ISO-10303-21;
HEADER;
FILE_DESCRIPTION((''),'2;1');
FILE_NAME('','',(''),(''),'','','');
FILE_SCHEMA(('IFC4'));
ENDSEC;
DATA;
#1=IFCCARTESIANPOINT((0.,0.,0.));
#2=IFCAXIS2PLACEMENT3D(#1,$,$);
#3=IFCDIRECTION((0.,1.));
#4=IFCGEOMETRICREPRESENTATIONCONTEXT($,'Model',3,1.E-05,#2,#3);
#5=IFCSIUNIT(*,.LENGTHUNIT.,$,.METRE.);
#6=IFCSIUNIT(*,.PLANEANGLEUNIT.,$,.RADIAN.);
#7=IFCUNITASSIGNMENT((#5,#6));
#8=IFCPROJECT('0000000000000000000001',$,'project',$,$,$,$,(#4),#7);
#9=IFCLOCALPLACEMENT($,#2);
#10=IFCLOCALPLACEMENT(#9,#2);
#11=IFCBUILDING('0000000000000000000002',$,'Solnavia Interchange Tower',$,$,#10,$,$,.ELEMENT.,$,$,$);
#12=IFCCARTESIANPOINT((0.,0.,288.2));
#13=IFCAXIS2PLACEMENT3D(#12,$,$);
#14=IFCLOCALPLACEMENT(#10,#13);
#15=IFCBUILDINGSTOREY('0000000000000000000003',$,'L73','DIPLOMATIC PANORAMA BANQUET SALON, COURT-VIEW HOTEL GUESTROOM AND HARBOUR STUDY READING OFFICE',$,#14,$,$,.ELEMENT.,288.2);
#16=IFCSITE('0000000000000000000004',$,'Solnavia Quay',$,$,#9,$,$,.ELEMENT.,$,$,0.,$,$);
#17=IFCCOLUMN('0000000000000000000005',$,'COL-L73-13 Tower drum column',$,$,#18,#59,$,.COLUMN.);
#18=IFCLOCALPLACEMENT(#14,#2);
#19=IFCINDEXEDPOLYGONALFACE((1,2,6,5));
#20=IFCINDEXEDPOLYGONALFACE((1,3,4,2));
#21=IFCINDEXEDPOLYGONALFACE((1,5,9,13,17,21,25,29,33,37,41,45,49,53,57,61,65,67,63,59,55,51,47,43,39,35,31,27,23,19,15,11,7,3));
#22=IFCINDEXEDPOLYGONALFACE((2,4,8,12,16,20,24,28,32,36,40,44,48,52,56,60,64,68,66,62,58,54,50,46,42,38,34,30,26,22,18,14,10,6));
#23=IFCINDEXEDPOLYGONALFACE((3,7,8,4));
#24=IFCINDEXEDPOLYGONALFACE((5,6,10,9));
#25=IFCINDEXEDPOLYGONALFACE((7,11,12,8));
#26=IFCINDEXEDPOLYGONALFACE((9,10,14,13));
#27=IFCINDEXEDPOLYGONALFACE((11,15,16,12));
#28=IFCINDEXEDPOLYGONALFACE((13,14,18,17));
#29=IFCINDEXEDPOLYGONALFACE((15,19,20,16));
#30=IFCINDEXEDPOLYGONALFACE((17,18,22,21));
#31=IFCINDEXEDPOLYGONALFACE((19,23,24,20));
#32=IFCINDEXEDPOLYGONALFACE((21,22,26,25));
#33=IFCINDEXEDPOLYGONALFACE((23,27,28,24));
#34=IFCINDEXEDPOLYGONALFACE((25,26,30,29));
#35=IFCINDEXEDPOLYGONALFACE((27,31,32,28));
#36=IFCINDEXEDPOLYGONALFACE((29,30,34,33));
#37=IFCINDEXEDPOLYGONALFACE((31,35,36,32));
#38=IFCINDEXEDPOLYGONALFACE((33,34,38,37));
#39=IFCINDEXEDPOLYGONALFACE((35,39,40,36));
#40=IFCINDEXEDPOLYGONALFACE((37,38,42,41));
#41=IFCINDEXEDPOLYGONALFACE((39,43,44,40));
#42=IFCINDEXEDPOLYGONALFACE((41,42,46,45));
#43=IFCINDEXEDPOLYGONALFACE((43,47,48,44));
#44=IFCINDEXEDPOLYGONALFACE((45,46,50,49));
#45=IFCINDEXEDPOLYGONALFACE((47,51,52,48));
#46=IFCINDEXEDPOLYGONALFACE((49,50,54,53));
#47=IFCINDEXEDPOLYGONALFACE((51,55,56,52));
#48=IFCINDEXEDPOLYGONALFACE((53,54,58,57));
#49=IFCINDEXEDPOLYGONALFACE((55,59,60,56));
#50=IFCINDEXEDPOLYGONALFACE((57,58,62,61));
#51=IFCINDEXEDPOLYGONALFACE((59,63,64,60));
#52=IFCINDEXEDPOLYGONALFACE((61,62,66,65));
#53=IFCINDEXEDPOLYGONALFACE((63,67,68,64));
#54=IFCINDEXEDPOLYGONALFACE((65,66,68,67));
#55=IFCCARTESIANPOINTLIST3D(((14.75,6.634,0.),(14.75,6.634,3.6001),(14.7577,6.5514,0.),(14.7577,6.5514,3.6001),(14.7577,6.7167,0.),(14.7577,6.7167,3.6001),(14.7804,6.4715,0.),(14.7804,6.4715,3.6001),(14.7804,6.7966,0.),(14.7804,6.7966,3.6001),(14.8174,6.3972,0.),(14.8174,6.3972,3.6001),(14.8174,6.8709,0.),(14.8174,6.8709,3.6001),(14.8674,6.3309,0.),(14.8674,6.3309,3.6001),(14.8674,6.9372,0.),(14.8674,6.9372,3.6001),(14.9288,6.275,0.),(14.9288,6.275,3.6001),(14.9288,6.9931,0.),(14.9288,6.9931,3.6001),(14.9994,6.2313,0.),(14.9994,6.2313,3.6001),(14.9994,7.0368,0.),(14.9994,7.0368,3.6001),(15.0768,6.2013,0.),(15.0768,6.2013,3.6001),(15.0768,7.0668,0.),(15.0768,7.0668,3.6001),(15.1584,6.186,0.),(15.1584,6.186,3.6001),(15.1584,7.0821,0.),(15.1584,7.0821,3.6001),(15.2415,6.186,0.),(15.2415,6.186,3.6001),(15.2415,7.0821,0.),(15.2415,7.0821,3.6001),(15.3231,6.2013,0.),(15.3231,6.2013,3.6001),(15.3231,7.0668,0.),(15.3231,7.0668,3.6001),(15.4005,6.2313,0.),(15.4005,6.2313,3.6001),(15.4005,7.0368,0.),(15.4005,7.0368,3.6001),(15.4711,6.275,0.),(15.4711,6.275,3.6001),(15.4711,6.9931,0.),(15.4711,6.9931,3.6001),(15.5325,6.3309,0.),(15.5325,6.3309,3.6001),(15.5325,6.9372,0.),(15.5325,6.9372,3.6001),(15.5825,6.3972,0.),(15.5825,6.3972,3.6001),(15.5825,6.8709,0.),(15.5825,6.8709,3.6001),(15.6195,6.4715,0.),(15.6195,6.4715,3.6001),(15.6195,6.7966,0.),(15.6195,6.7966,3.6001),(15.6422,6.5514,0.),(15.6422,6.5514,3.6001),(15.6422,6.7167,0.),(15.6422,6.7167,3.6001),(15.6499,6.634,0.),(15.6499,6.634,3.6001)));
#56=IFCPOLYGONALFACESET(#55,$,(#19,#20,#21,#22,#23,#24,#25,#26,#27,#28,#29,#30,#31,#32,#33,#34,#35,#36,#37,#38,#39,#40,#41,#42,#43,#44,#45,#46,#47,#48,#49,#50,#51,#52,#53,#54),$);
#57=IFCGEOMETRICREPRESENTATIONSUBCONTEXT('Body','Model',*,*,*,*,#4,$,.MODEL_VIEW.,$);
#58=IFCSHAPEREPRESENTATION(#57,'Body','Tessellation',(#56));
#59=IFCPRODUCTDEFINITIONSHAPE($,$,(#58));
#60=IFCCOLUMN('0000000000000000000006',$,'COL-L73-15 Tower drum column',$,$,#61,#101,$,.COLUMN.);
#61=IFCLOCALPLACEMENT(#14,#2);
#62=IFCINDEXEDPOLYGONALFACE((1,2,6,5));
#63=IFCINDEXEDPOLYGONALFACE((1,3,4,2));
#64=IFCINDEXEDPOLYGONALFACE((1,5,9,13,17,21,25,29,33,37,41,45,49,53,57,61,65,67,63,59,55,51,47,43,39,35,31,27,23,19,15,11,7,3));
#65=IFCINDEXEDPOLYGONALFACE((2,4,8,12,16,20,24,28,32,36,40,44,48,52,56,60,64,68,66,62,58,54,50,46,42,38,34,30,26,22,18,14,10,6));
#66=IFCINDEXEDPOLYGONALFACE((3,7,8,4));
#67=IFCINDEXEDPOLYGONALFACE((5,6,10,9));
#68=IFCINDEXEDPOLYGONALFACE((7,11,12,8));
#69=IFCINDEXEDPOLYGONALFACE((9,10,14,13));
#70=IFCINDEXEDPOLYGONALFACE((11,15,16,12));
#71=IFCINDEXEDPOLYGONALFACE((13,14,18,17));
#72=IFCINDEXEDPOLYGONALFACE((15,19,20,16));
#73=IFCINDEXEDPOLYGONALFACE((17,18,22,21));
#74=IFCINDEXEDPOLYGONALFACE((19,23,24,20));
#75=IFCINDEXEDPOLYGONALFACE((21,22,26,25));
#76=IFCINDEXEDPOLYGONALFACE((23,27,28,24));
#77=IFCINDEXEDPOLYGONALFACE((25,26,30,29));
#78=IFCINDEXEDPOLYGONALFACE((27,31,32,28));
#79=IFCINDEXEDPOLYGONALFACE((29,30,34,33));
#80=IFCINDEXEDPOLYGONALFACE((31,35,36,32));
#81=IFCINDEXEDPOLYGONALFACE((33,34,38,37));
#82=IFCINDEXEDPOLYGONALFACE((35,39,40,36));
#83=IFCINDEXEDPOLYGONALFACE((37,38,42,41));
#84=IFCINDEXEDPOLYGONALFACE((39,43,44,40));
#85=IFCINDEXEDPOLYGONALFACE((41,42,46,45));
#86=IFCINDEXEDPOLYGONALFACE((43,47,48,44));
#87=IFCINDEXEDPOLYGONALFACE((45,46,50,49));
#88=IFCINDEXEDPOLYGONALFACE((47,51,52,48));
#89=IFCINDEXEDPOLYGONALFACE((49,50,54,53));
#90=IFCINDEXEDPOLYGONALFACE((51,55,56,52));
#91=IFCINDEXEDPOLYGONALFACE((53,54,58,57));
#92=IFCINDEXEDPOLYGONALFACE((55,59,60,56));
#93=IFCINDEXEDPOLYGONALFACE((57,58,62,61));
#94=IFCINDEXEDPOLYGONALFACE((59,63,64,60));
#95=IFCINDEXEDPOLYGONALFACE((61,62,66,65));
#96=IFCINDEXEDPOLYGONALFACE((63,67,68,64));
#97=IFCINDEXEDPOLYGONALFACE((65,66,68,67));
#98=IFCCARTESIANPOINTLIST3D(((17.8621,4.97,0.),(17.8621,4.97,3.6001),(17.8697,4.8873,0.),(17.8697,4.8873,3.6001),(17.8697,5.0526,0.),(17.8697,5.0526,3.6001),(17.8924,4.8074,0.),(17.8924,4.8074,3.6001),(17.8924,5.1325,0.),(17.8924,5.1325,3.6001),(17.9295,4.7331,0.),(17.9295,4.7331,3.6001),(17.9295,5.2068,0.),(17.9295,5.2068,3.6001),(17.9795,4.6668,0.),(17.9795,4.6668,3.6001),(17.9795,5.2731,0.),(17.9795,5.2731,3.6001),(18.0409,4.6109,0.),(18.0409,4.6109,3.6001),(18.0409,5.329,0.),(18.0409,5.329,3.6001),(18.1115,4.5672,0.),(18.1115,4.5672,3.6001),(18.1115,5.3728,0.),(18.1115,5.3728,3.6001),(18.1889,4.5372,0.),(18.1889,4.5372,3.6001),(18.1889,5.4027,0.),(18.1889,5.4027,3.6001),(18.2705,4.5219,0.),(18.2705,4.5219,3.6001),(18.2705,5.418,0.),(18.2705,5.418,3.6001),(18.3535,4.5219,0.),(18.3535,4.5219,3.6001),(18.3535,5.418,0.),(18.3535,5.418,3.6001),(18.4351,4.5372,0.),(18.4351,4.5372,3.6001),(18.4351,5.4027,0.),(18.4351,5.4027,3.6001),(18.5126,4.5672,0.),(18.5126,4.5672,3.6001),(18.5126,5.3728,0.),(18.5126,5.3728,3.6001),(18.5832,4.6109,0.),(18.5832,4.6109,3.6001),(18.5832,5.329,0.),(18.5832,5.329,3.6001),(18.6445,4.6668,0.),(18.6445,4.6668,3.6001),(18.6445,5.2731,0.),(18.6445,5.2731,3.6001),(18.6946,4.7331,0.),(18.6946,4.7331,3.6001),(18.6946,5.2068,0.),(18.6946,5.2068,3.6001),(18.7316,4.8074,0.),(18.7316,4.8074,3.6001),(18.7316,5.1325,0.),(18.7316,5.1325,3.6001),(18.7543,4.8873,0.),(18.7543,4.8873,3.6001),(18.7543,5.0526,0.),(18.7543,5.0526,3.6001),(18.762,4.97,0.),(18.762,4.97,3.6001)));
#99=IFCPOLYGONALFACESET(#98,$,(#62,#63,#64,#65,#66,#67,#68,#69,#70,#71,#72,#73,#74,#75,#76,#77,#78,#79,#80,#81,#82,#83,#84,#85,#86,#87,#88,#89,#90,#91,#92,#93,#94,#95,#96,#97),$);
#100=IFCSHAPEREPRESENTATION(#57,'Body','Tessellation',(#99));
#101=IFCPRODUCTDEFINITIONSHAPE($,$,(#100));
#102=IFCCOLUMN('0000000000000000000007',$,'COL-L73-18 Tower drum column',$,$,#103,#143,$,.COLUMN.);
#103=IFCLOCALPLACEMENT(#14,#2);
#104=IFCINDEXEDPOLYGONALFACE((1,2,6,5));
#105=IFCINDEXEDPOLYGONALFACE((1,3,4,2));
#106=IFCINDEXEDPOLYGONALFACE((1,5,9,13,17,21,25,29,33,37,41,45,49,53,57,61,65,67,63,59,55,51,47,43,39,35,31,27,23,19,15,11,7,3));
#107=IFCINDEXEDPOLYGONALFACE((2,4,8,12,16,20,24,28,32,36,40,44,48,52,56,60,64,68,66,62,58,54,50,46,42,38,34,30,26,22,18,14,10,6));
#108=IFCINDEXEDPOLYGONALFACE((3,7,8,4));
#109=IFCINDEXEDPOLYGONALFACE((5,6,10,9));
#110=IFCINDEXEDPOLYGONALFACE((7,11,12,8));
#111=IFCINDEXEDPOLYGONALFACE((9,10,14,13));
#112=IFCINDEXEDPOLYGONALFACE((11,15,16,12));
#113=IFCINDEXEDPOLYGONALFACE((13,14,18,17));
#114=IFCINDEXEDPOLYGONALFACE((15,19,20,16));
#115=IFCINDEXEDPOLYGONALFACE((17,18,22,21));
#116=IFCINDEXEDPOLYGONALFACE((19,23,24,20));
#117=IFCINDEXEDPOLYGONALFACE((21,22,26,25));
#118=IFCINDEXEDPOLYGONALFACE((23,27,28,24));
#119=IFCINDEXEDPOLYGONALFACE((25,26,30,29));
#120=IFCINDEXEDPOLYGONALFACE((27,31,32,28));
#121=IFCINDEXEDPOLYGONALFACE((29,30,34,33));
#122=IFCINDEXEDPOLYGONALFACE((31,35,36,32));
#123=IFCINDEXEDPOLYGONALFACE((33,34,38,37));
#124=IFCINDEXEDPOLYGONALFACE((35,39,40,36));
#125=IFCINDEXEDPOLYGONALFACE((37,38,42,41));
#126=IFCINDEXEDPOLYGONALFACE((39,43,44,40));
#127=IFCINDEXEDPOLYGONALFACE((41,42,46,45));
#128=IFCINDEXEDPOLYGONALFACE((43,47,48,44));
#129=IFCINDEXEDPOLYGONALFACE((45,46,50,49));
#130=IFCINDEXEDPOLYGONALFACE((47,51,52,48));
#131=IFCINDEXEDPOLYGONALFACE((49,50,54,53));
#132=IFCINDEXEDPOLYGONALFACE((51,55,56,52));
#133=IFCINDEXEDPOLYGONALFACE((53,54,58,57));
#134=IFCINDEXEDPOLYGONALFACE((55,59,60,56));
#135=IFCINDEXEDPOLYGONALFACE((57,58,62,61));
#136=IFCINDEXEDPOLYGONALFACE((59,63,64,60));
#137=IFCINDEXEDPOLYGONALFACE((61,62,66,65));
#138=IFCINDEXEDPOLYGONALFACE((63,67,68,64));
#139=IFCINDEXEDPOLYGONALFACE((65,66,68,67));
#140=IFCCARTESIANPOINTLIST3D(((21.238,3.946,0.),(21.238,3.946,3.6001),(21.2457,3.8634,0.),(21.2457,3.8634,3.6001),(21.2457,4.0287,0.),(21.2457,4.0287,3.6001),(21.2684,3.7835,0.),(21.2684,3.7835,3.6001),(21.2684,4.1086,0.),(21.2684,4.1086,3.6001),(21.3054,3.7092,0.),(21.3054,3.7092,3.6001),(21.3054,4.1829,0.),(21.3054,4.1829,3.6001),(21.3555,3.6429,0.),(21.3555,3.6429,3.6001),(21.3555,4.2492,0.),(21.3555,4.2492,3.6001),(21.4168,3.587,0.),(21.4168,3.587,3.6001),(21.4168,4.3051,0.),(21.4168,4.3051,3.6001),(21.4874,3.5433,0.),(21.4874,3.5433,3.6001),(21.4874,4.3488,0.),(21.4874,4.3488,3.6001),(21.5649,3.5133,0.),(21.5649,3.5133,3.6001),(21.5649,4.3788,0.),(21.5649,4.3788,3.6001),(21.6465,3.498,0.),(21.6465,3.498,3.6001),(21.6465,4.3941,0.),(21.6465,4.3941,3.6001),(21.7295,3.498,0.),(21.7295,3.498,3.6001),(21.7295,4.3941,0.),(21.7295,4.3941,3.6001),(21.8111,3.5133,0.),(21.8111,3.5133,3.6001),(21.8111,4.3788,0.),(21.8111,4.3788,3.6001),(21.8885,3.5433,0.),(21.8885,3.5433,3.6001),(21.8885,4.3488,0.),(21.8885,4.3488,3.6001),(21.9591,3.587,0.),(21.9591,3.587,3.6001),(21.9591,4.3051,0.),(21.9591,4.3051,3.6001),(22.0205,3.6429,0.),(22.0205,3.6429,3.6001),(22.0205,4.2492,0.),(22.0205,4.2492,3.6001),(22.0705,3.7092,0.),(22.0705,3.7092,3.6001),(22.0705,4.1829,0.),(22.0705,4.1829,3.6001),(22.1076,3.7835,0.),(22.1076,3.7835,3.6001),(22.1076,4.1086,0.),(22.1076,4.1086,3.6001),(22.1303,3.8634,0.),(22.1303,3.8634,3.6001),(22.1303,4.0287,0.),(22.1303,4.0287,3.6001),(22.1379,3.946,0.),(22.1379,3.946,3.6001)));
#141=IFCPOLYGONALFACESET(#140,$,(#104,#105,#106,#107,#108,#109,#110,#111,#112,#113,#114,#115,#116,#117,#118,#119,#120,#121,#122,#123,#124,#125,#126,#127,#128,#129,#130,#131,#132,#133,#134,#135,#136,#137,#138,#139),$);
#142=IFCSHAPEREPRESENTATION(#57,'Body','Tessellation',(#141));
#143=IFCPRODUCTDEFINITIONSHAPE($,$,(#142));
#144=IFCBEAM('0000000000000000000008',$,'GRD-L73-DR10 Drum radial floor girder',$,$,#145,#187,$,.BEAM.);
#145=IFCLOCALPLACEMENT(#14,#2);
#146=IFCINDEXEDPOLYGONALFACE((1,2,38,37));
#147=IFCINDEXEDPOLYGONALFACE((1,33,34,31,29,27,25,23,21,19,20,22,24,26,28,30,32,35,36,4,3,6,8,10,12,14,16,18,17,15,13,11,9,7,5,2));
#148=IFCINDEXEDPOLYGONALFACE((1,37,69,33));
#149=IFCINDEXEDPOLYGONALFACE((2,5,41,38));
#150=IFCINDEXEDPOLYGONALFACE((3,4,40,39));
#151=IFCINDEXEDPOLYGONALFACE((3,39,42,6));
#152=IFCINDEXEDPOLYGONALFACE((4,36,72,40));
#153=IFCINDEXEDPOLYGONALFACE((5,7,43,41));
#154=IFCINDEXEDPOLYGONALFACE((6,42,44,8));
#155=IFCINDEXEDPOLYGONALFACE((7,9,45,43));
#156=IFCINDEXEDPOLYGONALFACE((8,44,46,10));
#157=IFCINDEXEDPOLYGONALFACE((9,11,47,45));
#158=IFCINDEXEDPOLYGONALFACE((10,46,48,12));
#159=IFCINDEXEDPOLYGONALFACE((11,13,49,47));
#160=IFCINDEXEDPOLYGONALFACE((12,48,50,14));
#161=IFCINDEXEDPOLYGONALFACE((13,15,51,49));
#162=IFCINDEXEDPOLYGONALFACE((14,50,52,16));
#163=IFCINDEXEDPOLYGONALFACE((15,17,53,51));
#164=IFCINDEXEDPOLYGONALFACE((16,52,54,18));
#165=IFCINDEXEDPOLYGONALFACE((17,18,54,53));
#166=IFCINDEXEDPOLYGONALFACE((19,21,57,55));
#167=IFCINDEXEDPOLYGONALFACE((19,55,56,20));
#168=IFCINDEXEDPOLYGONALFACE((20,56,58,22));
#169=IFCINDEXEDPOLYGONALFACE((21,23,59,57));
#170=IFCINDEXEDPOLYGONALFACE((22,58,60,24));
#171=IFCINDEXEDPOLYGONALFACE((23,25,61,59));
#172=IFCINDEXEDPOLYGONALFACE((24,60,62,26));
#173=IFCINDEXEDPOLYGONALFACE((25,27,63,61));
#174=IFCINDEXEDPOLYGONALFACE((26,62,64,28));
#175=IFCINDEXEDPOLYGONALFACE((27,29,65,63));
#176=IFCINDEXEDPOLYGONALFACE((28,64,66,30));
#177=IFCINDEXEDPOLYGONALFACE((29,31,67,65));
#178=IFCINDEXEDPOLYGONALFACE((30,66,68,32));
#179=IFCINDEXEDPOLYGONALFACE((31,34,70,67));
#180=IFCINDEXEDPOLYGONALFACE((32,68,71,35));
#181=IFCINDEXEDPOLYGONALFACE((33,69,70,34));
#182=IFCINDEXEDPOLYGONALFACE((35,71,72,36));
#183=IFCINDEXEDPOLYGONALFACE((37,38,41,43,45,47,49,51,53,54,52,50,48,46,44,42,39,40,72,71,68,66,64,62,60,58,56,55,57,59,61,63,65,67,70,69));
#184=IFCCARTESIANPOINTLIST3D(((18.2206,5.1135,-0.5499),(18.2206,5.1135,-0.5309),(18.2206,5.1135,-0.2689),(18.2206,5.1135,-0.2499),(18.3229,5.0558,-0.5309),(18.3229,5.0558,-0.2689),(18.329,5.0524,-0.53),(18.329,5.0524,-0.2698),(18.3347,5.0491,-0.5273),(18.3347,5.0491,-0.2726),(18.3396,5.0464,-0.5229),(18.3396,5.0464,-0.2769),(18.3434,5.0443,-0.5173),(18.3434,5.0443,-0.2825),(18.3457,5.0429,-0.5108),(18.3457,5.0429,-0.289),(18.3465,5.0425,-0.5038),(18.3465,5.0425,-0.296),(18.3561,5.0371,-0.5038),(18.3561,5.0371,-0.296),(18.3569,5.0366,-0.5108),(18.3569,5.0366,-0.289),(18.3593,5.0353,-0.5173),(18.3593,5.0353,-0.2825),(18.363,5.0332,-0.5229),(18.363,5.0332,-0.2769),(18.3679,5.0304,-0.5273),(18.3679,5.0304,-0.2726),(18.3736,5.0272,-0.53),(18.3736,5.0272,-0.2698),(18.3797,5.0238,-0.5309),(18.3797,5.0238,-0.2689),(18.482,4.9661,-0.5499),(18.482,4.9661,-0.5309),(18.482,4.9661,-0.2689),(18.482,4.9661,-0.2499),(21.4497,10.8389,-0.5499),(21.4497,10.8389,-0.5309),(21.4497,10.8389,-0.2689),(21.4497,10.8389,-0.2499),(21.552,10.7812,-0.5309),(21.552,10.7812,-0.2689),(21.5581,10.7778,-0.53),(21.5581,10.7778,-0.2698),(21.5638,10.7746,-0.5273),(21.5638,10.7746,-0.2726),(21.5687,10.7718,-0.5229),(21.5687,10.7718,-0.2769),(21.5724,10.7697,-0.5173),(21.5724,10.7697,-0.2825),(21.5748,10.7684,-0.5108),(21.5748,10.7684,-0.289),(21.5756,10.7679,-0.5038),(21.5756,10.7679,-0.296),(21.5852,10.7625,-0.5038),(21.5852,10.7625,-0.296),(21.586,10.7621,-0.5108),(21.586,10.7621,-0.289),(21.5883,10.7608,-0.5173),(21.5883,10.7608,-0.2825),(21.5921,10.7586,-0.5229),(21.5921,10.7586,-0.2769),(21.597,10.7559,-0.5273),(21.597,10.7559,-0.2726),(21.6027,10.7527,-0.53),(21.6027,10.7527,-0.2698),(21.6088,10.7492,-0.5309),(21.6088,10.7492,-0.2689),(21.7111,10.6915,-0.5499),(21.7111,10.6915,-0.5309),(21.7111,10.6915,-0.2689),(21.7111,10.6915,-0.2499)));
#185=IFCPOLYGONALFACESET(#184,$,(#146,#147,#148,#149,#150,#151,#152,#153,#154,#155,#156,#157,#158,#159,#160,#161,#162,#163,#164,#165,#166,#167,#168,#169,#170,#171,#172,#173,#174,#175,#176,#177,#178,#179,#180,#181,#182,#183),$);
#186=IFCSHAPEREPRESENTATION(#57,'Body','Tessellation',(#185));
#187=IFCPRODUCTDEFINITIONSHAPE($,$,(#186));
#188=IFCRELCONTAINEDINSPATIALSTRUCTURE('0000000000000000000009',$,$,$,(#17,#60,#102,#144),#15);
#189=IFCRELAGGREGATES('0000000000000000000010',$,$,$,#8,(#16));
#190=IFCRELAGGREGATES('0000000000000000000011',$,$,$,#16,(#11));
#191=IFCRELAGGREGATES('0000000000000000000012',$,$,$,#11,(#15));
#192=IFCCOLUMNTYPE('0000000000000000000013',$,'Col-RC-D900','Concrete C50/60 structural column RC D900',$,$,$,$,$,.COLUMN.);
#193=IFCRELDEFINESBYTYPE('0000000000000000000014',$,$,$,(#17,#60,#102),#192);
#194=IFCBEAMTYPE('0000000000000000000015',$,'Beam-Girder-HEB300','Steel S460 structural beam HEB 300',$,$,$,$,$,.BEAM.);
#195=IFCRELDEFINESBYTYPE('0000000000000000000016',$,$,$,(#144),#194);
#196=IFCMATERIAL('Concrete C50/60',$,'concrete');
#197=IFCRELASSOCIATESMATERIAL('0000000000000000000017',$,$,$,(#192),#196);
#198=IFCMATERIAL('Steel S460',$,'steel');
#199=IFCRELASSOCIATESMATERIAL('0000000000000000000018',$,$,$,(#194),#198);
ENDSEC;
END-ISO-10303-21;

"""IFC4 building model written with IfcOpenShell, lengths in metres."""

from ifc_helpers import new_model, si_unit, direction, frame, origin, origin_2d, place, context, subcontext, project, spatial, circle, i_section, extrude, material, material_profile, profile_set, type_object, element, save


model = new_model("IFC4")

# Units and contexts
model_context = context("Model", 3, precision=1e-05, world=origin(), true_north=direction((0.0, 1.0)))
body_context = subcontext(model_context, "Body", "Model", "MODEL_VIEW")
ifc_project = project(units=[si_unit("LENGTHUNIT", "METRE"), si_unit("PLANEANGLEUNIT", "RADIAN")], contexts=[model_context])

# Site, building, storey
site_placement = place(None, origin())
site = spatial("IfcSite", under=ifc_project, at=site_placement, Name="Solnavia Quay", CompositionType="ELEMENT", RefElevation=0.0)
building_placement = place(site_placement, origin())
building = spatial("IfcBuilding", under=site, at=building_placement, Name="Solnavia Interchange Tower", CompositionType="ELEMENT")
storey_placement = place(building_placement, frame((0.0, 0.0, 288.2)))
storey = spatial("IfcBuildingStorey", under=building, at=storey_placement, Name="L73", Description="DIPLOMATIC PANORAMA BANQUET SALON, COURT-VIEW HOTEL GUESTROOM AND HARBOUR STUDY READING OFFICE", CompositionType="ELEMENT", Elevation=288.2)

# Columns
ifc_material_1 = material(Name="Concrete C50/60", Category="concrete")
ifc_material_profile_1 = material_profile(ifc_material_1, circle(Radius=0.45, at=origin_2d()), Name="RC D900")
ifc_profile_set_1 = profile_set([ifc_material_profile_1], Name="Concrete C50/60")
column_type = type_object("IfcColumnType", Name="Col-RC-D900", Description="Concrete C50/60 structural column RC D900", PredefinedType="COLUMN", material=ifc_profile_set_1)
for number, where, z_axis, x_axis, name in (
    (1, (15.2, 6.634, 0.0), (0.0, 0.0, 1.0), (1.0, 0.0, 0.0), "COL-L73-13 Tower drum column"),
    (2, (18.312, 4.97, 0.0), (0.0, 0.0, 1.0), (1.0, 0.0, 0.0), "COL-L73-15 Tower drum column"),
    (3, (21.688, 3.946, 0.0), (0.0, 0.0, 1.0), (1.0, 0.0, 0.0), "COL-L73-18 Tower drum column"),
):
    element("IfcColumn", number, at=place(storey_placement, frame(where, z_axis=z_axis, x_axis=x_axis)), inside=storey, type_object=column_type, Name=name, PredefinedType="COLUMN", context=body_context, shape_type="SweptSolid", body=[
        extrude(circle(Radius=0.45, at=origin_2d()), origin(), (0.0, 0.0, 1.0), 3.6001),
    ])

# Beam
ifc_material_2 = material(Name="Steel S460", Category="steel")
ifc_material_profile_2 = material_profile(ifc_material_2, i_section(OverallWidth=0.3, OverallDepth=0.3, WebThickness=0.011, FlangeThickness=0.019, FilletRadius=0.0271, at=origin_2d()), Name="HEB 300")
ifc_profile_set_2 = profile_set([ifc_material_profile_2], Name="Steel S460")
beam_type_1 = type_object("IfcBeamType", Name="Beam-Girder-HEB300", Description="Steel S460 structural beam HEB 300", PredefinedType="BEAM", material=ifc_profile_set_2)
beam_1_placement = place(storey_placement, frame((18.3513, 5.0398, -0.3999), z_axis=(0.491243, 0.871022, 0.0), x_axis=(-0.871022, 0.491243, 0.0)))
element("IfcBeam", 4, at=beam_1_placement, inside=storey, type_object=beam_type_1, Name="GRD-L73-DR10 Drum radial floor girder", PredefinedType="BEAM", context=body_context, shape_type="SweptSolid", body=[
    extrude(i_section(OverallWidth=0.3, OverallDepth=0.3, WebThickness=0.011, FlangeThickness=0.019, FilletRadius=0.0271, at=origin_2d()), origin(), (0.0, 0.0, 1.0), 6.5732),
])

save(model, "model.ifc")
